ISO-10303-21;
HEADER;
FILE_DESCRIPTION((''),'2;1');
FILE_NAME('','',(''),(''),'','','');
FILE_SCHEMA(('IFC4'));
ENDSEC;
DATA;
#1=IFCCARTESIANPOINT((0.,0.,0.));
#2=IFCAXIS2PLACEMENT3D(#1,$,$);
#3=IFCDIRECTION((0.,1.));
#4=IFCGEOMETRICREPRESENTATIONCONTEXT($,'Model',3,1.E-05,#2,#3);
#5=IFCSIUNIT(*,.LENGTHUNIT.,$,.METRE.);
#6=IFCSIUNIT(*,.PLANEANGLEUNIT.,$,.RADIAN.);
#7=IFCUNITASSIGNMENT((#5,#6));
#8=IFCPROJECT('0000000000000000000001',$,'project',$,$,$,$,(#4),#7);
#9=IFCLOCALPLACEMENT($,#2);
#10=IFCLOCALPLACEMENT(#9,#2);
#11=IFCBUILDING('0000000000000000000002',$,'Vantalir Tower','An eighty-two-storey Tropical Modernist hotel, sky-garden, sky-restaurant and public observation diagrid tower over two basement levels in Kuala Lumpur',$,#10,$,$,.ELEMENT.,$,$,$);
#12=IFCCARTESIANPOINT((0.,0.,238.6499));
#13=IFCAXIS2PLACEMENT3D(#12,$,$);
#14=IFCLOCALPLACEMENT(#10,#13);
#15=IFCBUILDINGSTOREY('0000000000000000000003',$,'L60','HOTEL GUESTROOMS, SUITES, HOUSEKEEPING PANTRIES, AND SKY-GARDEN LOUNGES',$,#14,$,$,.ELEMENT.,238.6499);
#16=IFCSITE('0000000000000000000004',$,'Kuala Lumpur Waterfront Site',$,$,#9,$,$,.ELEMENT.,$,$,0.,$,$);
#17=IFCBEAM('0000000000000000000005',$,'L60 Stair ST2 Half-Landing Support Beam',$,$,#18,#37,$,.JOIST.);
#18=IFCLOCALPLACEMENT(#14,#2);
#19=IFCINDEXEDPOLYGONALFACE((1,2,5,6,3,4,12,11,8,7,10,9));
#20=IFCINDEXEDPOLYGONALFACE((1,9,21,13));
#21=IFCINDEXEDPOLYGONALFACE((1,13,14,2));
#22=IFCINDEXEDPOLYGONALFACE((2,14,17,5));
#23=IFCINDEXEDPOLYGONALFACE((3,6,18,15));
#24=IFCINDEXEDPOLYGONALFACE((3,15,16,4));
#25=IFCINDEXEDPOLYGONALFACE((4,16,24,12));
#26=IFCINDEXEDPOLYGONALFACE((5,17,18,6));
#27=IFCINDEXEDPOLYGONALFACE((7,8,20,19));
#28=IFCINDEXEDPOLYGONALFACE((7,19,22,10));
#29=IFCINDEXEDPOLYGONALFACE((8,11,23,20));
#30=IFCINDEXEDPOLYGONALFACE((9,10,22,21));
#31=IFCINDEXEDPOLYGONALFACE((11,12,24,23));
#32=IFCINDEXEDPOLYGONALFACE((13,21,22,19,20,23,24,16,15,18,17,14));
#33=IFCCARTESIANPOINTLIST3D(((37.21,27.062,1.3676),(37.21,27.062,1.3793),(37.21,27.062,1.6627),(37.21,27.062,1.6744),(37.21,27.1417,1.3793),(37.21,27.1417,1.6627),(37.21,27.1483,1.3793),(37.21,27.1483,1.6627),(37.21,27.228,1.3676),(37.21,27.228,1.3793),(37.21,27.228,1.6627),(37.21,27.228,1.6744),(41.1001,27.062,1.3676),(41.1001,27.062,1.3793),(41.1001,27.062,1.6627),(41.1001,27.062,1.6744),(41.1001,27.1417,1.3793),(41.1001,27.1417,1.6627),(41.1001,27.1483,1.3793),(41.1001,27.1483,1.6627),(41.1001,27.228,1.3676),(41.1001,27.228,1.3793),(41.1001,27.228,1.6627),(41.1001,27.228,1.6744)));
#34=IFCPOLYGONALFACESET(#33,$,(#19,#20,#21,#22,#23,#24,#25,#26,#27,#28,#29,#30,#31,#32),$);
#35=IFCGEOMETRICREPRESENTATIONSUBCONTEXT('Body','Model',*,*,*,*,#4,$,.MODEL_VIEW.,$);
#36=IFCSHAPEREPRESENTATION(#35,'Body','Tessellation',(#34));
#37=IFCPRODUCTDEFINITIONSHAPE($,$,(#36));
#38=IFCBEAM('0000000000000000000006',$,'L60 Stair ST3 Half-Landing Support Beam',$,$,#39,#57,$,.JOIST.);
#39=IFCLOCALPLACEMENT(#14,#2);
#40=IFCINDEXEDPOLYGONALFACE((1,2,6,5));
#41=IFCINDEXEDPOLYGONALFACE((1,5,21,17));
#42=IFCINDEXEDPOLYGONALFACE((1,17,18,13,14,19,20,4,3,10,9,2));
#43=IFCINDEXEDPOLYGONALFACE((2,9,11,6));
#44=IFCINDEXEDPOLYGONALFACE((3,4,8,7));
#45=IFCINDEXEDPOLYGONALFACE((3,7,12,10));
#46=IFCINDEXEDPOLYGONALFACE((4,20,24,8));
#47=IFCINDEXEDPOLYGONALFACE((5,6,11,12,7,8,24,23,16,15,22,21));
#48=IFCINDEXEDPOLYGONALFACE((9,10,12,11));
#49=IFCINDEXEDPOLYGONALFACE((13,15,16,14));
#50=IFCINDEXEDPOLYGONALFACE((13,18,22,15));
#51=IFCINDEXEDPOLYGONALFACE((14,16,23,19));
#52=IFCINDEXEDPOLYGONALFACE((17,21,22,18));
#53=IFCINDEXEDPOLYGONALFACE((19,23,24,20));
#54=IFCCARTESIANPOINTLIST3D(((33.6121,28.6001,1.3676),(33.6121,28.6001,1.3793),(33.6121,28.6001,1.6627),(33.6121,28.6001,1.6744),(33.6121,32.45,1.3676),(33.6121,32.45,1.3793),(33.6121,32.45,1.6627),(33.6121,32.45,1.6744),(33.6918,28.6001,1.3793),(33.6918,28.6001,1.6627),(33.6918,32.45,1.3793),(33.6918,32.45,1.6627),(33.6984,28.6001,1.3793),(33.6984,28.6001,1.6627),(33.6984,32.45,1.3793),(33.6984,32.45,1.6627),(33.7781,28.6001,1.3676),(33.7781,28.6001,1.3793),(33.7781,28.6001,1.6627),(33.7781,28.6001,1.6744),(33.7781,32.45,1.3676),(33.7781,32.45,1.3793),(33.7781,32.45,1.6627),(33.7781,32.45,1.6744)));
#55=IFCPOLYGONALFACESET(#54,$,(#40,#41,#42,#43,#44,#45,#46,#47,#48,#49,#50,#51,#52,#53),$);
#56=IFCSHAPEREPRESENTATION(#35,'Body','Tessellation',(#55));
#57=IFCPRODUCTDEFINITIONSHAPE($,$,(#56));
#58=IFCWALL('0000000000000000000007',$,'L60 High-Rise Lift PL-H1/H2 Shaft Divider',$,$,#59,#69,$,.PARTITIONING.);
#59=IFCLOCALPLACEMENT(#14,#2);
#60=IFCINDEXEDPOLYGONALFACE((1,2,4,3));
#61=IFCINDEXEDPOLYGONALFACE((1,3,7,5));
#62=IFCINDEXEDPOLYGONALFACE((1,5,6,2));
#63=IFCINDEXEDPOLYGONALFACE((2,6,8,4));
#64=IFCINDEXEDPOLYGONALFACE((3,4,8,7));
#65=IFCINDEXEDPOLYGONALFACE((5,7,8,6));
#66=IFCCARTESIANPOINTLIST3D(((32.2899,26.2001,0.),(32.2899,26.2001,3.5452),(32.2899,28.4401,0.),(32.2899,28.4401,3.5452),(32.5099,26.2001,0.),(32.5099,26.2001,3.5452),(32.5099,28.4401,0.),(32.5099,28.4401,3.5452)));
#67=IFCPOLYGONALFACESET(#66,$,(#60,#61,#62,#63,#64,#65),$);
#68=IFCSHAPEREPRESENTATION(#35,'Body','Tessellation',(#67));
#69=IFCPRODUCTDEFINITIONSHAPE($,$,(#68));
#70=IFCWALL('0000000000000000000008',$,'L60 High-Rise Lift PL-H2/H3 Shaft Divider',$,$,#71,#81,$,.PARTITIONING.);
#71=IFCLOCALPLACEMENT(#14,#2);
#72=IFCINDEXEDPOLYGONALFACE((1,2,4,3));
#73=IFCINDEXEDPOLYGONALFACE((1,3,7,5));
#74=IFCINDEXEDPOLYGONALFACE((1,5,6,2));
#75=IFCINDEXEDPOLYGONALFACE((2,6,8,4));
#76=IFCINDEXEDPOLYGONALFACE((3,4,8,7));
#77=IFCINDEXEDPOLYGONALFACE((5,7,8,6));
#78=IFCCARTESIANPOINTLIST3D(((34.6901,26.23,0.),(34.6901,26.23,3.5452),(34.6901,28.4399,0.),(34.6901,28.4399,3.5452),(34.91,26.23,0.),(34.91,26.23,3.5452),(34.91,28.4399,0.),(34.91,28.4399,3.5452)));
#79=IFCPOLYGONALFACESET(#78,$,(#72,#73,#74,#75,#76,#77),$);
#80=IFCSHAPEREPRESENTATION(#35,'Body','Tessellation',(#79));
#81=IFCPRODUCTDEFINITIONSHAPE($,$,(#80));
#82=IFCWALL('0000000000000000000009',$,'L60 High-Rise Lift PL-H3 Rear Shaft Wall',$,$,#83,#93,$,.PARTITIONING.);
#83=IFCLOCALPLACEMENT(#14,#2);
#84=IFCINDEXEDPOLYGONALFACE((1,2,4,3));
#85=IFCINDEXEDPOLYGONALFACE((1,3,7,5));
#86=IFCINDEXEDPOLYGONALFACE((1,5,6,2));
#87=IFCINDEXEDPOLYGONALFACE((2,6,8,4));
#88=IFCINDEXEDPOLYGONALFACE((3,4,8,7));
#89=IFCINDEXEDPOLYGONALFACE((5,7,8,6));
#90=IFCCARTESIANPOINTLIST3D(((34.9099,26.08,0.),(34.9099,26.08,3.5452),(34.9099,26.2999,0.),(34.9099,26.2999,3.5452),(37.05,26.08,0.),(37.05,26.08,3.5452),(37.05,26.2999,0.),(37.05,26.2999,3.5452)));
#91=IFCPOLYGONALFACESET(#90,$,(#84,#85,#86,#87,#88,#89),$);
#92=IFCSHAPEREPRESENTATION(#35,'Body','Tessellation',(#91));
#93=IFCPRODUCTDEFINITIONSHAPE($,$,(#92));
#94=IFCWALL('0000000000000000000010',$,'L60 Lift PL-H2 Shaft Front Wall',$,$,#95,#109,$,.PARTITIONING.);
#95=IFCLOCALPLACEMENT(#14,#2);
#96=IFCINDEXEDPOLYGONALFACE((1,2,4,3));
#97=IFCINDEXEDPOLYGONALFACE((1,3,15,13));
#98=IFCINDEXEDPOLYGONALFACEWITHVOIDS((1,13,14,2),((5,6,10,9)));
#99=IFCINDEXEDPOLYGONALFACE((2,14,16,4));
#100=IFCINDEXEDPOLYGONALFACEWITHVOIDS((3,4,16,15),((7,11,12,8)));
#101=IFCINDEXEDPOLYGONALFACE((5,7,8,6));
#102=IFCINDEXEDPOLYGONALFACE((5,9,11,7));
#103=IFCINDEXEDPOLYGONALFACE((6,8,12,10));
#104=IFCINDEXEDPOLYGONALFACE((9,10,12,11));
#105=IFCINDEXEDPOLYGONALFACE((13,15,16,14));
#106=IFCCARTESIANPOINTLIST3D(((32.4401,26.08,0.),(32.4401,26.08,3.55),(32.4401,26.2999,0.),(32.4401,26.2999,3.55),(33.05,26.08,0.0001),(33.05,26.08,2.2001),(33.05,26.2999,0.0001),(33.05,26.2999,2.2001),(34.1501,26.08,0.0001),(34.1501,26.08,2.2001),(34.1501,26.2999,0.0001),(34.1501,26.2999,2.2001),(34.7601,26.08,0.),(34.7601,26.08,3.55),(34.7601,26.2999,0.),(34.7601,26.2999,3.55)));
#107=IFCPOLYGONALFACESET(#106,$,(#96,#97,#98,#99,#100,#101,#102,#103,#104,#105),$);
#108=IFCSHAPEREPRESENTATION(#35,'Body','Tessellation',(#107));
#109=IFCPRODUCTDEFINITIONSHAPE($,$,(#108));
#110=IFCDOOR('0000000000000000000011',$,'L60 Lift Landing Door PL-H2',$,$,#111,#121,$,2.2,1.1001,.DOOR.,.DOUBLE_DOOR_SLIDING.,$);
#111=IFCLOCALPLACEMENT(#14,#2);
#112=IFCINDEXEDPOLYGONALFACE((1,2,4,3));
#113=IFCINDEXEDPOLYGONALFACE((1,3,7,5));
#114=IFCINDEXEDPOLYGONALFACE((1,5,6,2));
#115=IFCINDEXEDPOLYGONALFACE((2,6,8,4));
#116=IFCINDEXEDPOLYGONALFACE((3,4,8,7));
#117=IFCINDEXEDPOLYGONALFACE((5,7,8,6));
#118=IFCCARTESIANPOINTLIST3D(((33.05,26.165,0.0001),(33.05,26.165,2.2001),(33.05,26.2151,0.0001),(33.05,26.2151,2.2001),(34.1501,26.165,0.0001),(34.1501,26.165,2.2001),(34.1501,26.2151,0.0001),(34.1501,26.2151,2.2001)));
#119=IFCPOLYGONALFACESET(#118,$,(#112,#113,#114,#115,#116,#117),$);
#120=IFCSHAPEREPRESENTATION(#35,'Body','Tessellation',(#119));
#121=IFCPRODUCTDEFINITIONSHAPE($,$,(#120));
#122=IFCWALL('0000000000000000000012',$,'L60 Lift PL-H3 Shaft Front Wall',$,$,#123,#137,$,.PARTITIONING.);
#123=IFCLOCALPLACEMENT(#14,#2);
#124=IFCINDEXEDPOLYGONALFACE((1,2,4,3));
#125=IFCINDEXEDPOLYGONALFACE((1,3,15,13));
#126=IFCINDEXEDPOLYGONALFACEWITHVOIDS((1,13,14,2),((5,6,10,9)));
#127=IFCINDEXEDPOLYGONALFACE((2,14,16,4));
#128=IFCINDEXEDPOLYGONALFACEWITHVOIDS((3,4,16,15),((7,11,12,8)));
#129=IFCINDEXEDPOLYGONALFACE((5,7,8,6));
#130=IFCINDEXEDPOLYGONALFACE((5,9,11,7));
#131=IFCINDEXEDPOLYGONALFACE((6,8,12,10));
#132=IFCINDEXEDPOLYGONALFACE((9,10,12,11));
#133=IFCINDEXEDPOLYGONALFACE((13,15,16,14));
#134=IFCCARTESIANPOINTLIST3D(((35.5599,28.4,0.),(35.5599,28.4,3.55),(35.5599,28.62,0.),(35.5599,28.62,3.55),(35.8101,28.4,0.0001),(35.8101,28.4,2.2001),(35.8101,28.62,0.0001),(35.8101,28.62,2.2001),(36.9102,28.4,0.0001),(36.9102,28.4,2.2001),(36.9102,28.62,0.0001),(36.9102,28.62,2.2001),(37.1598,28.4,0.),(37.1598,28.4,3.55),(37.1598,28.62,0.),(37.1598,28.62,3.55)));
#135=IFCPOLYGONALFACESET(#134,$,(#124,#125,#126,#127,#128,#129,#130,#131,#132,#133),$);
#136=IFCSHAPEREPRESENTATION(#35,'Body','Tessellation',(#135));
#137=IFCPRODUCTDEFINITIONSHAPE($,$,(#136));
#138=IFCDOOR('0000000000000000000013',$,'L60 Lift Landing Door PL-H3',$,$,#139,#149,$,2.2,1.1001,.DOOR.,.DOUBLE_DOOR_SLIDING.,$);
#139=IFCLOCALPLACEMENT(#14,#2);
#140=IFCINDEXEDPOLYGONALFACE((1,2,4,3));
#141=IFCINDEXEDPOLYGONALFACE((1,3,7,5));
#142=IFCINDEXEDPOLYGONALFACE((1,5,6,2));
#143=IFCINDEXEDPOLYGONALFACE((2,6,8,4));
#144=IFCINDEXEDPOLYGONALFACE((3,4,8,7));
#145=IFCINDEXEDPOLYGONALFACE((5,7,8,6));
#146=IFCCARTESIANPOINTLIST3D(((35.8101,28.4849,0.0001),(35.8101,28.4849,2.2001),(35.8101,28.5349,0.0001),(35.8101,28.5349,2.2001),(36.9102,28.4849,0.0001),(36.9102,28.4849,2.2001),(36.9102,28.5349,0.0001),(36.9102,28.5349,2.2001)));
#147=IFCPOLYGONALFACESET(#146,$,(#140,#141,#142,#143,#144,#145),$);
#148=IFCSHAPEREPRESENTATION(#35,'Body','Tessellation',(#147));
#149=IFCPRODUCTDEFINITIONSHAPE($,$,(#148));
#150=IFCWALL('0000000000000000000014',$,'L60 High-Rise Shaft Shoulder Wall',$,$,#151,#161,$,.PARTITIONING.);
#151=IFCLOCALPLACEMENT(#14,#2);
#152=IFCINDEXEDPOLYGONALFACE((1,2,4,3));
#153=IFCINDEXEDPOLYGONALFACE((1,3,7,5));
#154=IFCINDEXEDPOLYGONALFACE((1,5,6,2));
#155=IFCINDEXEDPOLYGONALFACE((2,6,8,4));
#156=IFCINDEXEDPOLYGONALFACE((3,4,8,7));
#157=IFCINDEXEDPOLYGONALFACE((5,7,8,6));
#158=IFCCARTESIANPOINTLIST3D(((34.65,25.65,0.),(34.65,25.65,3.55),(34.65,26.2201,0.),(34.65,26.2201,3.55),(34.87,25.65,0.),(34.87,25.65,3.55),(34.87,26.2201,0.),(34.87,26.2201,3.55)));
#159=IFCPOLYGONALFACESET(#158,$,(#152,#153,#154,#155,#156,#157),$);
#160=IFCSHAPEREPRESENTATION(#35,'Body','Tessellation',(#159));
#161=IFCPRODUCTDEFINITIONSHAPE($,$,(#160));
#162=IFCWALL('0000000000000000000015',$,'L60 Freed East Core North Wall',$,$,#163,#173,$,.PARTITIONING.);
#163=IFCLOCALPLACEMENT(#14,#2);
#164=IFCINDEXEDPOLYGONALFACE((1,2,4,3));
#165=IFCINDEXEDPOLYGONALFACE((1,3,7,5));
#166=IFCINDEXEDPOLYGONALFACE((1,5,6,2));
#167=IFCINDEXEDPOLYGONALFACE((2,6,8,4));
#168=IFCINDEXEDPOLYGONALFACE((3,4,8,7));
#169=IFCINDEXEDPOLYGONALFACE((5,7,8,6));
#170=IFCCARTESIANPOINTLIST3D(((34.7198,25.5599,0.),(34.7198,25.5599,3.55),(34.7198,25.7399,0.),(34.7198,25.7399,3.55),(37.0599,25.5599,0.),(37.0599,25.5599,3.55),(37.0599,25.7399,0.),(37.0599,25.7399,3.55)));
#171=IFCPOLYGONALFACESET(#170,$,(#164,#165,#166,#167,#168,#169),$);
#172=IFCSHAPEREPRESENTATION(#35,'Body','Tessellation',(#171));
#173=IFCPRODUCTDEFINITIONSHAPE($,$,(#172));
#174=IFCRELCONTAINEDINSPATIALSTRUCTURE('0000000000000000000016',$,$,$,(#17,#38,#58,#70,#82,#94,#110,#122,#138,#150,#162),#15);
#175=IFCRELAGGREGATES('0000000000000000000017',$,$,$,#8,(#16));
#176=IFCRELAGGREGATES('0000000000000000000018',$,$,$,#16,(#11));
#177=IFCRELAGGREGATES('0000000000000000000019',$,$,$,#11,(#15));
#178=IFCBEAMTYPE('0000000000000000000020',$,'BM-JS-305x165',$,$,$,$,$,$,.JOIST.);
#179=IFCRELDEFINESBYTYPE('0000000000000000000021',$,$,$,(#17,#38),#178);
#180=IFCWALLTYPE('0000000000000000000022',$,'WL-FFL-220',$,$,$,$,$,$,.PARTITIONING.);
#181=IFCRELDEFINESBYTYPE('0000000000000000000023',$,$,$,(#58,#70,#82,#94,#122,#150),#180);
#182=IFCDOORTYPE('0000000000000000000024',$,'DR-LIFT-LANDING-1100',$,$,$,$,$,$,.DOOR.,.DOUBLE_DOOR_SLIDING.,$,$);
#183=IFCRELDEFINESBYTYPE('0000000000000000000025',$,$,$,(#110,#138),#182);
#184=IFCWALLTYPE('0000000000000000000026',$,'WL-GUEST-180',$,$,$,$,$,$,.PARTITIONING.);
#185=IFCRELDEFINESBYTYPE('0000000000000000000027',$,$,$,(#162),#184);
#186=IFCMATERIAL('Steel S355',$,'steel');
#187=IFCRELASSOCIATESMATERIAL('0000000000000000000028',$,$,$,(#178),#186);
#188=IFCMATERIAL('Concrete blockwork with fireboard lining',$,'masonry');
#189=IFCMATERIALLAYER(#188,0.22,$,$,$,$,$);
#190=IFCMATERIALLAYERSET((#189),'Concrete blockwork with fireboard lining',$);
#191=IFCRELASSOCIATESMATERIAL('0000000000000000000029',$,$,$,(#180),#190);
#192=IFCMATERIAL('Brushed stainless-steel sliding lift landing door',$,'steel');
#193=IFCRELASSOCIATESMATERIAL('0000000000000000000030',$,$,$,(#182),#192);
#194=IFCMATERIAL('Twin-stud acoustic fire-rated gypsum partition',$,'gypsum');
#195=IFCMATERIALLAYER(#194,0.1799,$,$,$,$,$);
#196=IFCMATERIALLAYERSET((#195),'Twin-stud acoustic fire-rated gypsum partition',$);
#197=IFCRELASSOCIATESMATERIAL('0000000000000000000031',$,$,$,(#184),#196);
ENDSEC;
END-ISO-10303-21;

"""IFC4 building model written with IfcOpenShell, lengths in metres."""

from ifc_helpers import new_model, si_unit, direction, frame, frame_2d, origin, origin_2d, place, context, subcontext, project, spatial, rectangle, i_section, extrude, material, layer, layer_set, material_profile, profile_set, type_object, element, fill, save


model = new_model("IFC4")

# Units and contexts
model_context = context("Model", 3, precision=1e-05, world=origin(), true_north=direction((0.0, 1.0)))
body_context = subcontext(model_context, "Body", "Model", "MODEL_VIEW")
ifc_project = project(units=[si_unit("LENGTHUNIT", "METRE"), si_unit("PLANEANGLEUNIT", "RADIAN")], contexts=[model_context])

# Site, building, storey
site_placement = place(None, origin())
site = spatial("IfcSite", under=ifc_project, at=site_placement, Name="Kuala Lumpur Waterfront Site", CompositionType="ELEMENT", RefElevation=0.0)
building_placement = place(site_placement, origin())
building = spatial("IfcBuilding", under=site, at=building_placement, Name="Vantalir Tower", Description="An eighty-two-storey Tropical Modernist hotel, sky-garden, sky-restaurant and public observation diagrid tower over two basement levels in Kuala Lumpur", CompositionType="ELEMENT")
storey_placement = place(building_placement, frame((0.0, 0.0, 238.6499)))
storey = spatial("IfcBuildingStorey", under=building, at=storey_placement, Name="L60", Description="HOTEL GUESTROOMS, SUITES, HOUSEKEEPING PANTRIES, AND SKY-GARDEN LOUNGES", CompositionType="ELEMENT", Elevation=238.6499)

# Beams
ifc_material_1 = material(Name="Steel S355", Category="steel")
ifc_material_profile = material_profile(ifc_material_1, i_section(OverallWidth=0.166, OverallDepth=0.3069, WebThickness=0.0066, FlangeThickness=0.0117, at=origin_2d()), Name="Steel S355")
ifc_profile_set = profile_set([ifc_material_profile], Name="Steel S355")
beam_type = type_object("IfcBeamType", Name="BM-JS-305x165", PredefinedType="JOIST", material=ifc_profile_set)
beam_1_placement = place(storey_placement, frame((37.21, 27.145, 1.521), z_axis=(1.0, 0.0, 0.0), x_axis=(0.0, 1.0, 0.0)))
element("IfcBeam", 1, at=beam_1_placement, inside=storey, type_object=beam_type, Name="L60 Stair ST2 Half-Landing Support Beam", PredefinedType="JOIST", context=body_context, shape_type="SweptSolid", body=[
    extrude(i_section(OverallWidth=0.166, OverallDepth=0.3069, WebThickness=0.0066, FlangeThickness=0.0117, at=origin_2d()), origin(), (0.0, 0.0, 1.0), 3.8901),
])
beam_2_placement = place(storey_placement, frame((33.6951, 28.6001, 1.521), z_axis=(0.0, 1.0, 0.0), x_axis=(-1.0, 0.0, 0.0)))
element("IfcBeam", 2, at=beam_2_placement, inside=storey, type_object=beam_type, Name="L60 Stair ST3 Half-Landing Support Beam", PredefinedType="JOIST", context=body_context, shape_type="SweptSolid", body=[
    extrude(i_section(OverallWidth=0.166, OverallDepth=0.3069, WebThickness=0.0066, FlangeThickness=0.0117, at=origin_2d()), origin(), (0.0, 0.0, 1.0), 3.8499),
])

# Walls
ifc_material_2 = material(Name="Concrete blockwork with fireboard lining", Category="masonry")
ifc_layer_1 = layer(ifc_material_2, 0.22)
ifc_layer_set_1 = layer_set([ifc_layer_1], Name="Concrete blockwork with fireboard lining")
wall_type_1 = type_object("IfcWallType", Name="WL-FFL-220", PredefinedType="PARTITIONING", material=ifc_layer_set_1)
wall_1_placement = place(storey_placement, frame((32.3999, 26.2, 0.0), z_axis=(0.0, 0.0, 1.0), x_axis=(0.0, 1.0, 0.0)))
element("IfcWall", 3, at=wall_1_placement, inside=storey, type_object=wall_type_1, Name="L60 High-Rise Lift PL-H1/H2 Shaft Divider", PredefinedType="PARTITIONING", context=body_context, shape_type="SweptSolid", body=[
    extrude(rectangle(XDim=2.24, YDim=0.22, at=frame_2d((1.1201, 0.0))), origin(), (0.0, 0.0, 1.0), 3.5452),
])
wall_2_placement = place(storey_placement, frame((34.8, 26.23, 0.0), z_axis=(0.0, 0.0, 1.0), x_axis=(0.0, 1.0, 0.0)))
element("IfcWall", 4, at=wall_2_placement, inside=storey, type_object=wall_type_1, Name="L60 High-Rise Lift PL-H2/H3 Shaft Divider", PredefinedType="PARTITIONING", context=body_context, shape_type="SweptSolid", body=[
    extrude(rectangle(XDim=2.21, YDim=0.22, at=frame_2d((1.105, 0.0))), origin(), (0.0, 0.0, 1.0), 3.5452),
])
wall_3_placement = place(storey_placement, frame((34.9099, 26.1899, 0.0), z_axis=(0.0, 0.0, 1.0), x_axis=(1.0, 0.0, 0.0)))
element("IfcWall", 5, at=wall_3_placement, inside=storey, type_object=wall_type_1, Name="L60 High-Rise Lift PL-H3 Rear Shaft Wall", PredefinedType="PARTITIONING", context=body_context, shape_type="SweptSolid", body=[
    extrude(rectangle(XDim=2.1401, YDim=0.22, at=frame_2d((1.0701, 0.0))), origin(), (0.0, 0.0, 1.0), 3.5452),
])

# Walls, openings, doors
wall_4_placement = place(storey_placement, frame((32.4399, 26.1899, 0.0), z_axis=(0.0, 0.0, 1.0), x_axis=(1.0, 0.0, 0.0)))
wall_4 = element("IfcWall", 6, at=wall_4_placement, inside=storey, type_object=wall_type_1, Name="L60 Lift PL-H2 Shaft Front Wall", PredefinedType="PARTITIONING", context=body_context, shape_type="SweptSolid", body=[
    extrude(rectangle(XDim=2.3201, YDim=0.22, at=frame_2d((1.1602, 0.0))), origin(), (0.0, 0.0, 1.0), 3.55),
])
opening_1_placement = place(wall_4_placement, frame((0.6101, 0.0, 0.0)))
opening_1 = element("IfcOpeningElement", 7, at=opening_1_placement, cuts=wall_4, PredefinedType="OPENING", context=body_context, shape_type="SweptSolid", body=[
    extrude(rectangle(XDim=1.1001, YDim=2.2, at=frame_2d((0.55, 1.1001))), frame((0.0, 0.1199, 0.0), z_axis=(0.0, -1.0, 0.0), x_axis=(1.0, 0.0, 0.0)), (0.0, 0.0, 1.0), 0.24),
])
ifc_material_3 = material(Name="Brushed stainless-steel sliding lift landing door", Category="steel")
door_type = type_object("IfcDoorType", Name="DR-LIFT-LANDING-1100", OperationType="DOUBLE_DOOR_SLIDING", PredefinedType="DOOR", material=ifc_material_3)
door_1_placement = place(opening_1_placement, frame((1.1001, 0.0, 0.0), z_axis=(0.0, 0.0, 1.0), x_axis=(-1.0, 0.0, 0.0)))
door_1 = element("IfcDoor", 8, at=door_1_placement, inside=storey, type_object=door_type, Name="L60 Lift Landing Door PL-H2", OperationType="DOUBLE_DOOR_SLIDING", OverallHeight=2.2, OverallWidth=1.1001, PredefinedType="DOOR", context=body_context, shape_type="SweptSolid", body=[
    extrude(rectangle(XDim=1.1001, YDim=2.2, at=frame_2d((0.55, 1.1001))), frame((0.0, 0.0249, 0.0), z_axis=(0.0, -1.0, 0.0), x_axis=(1.0, 0.0, 0.0)), (0.0, 0.0, 1.0), 0.05),
])
fill(opening_1, door_1)
wall_5_placement = place(storey_placement, frame((35.5601, 28.51, 0.0), z_axis=(0.0, 0.0, 1.0), x_axis=(1.0, 0.0, 0.0)))
wall_5 = element("IfcWall", 9, at=wall_5_placement, inside=storey, type_object=wall_type_1, Name="L60 Lift PL-H3 Shaft Front Wall", PredefinedType="PARTITIONING", context=body_context, shape_type="SweptSolid", body=[
    extrude(rectangle(XDim=1.5999, YDim=0.22, at=frame_2d((0.7998, 0.0))), origin(), (0.0, 0.0, 1.0), 3.55),
])
opening_2_placement = place(wall_5_placement, frame((0.25, 0.0, 0.0)))
opening_2 = element("IfcOpeningElement", 10, at=opening_2_placement, cuts=wall_5, PredefinedType="OPENING", context=body_context, shape_type="SweptSolid", body=[
    extrude(rectangle(XDim=1.1001, YDim=2.2, at=frame_2d((0.55, 1.1001))), frame((0.0, 0.1199, 0.0), z_axis=(0.0, -1.0, 0.0), x_axis=(1.0, 0.0, 0.0)), (0.0, 0.0, 1.0), 0.24),
])
door_2_placement = place(opening_2_placement, origin())
door_2 = element("IfcDoor", 11, at=door_2_placement, inside=storey, type_object=door_type, Name="L60 Lift Landing Door PL-H3", OperationType="DOUBLE_DOOR_SLIDING", OverallHeight=2.2, OverallWidth=1.1001, PredefinedType="DOOR", context=body_context, shape_type="SweptSolid", body=[
    extrude(rectangle(XDim=1.1001, YDim=2.2, at=frame_2d((0.55, 1.1001))), frame((0.0, 0.0249, 0.0), z_axis=(0.0, -1.0, 0.0), x_axis=(1.0, 0.0, 0.0)), (0.0, 0.0, 1.0), 0.05),
])
fill(opening_2, door_2)

# Walls
wall_6_placement = place(storey_placement, frame((34.76, 25.6499, 0.0), z_axis=(0.0, 0.0, 1.0), x_axis=(0.0, 1.0, 0.0)))
element("IfcWall", 12, at=wall_6_placement, inside=storey, type_object=wall_type_1, Name="L60 High-Rise Shaft Shoulder Wall", PredefinedType="PARTITIONING", context=body_context, shape_type="SweptSolid", body=[
    extrude(rectangle(XDim=0.5701, YDim=0.22, at=frame_2d((0.2852, 0.0))), origin(), (0.0, 0.0, 1.0), 3.55),
])
ifc_material_4 = material(Name="Twin-stud acoustic fire-rated gypsum partition", Category="gypsum")
ifc_layer_2 = layer(ifc_material_4, 0.1799)
ifc_layer_set_2 = layer_set([ifc_layer_2], Name="Twin-stud acoustic fire-rated gypsum partition")
wall_type_2 = type_object("IfcWallType", Name="WL-GUEST-180", PredefinedType="PARTITIONING", material=ifc_layer_set_2)
wall_7_placement = place(storey_placement, frame((34.72, 25.6499, 0.0), z_axis=(0.0, 0.0, 1.0), x_axis=(1.0, 0.0, 0.0)))
element("IfcWall", 13, at=wall_7_placement, inside=storey, type_object=wall_type_2, Name="L60 Freed East Core North Wall", PredefinedType="PARTITIONING", context=body_context, shape_type="SweptSolid", body=[
    extrude(rectangle(XDim=2.3401, YDim=0.1799, at=frame_2d((1.1699, 0.0))), origin(), (0.0, 0.0, 1.0), 3.55),
])

save(model, "model.ifc")
